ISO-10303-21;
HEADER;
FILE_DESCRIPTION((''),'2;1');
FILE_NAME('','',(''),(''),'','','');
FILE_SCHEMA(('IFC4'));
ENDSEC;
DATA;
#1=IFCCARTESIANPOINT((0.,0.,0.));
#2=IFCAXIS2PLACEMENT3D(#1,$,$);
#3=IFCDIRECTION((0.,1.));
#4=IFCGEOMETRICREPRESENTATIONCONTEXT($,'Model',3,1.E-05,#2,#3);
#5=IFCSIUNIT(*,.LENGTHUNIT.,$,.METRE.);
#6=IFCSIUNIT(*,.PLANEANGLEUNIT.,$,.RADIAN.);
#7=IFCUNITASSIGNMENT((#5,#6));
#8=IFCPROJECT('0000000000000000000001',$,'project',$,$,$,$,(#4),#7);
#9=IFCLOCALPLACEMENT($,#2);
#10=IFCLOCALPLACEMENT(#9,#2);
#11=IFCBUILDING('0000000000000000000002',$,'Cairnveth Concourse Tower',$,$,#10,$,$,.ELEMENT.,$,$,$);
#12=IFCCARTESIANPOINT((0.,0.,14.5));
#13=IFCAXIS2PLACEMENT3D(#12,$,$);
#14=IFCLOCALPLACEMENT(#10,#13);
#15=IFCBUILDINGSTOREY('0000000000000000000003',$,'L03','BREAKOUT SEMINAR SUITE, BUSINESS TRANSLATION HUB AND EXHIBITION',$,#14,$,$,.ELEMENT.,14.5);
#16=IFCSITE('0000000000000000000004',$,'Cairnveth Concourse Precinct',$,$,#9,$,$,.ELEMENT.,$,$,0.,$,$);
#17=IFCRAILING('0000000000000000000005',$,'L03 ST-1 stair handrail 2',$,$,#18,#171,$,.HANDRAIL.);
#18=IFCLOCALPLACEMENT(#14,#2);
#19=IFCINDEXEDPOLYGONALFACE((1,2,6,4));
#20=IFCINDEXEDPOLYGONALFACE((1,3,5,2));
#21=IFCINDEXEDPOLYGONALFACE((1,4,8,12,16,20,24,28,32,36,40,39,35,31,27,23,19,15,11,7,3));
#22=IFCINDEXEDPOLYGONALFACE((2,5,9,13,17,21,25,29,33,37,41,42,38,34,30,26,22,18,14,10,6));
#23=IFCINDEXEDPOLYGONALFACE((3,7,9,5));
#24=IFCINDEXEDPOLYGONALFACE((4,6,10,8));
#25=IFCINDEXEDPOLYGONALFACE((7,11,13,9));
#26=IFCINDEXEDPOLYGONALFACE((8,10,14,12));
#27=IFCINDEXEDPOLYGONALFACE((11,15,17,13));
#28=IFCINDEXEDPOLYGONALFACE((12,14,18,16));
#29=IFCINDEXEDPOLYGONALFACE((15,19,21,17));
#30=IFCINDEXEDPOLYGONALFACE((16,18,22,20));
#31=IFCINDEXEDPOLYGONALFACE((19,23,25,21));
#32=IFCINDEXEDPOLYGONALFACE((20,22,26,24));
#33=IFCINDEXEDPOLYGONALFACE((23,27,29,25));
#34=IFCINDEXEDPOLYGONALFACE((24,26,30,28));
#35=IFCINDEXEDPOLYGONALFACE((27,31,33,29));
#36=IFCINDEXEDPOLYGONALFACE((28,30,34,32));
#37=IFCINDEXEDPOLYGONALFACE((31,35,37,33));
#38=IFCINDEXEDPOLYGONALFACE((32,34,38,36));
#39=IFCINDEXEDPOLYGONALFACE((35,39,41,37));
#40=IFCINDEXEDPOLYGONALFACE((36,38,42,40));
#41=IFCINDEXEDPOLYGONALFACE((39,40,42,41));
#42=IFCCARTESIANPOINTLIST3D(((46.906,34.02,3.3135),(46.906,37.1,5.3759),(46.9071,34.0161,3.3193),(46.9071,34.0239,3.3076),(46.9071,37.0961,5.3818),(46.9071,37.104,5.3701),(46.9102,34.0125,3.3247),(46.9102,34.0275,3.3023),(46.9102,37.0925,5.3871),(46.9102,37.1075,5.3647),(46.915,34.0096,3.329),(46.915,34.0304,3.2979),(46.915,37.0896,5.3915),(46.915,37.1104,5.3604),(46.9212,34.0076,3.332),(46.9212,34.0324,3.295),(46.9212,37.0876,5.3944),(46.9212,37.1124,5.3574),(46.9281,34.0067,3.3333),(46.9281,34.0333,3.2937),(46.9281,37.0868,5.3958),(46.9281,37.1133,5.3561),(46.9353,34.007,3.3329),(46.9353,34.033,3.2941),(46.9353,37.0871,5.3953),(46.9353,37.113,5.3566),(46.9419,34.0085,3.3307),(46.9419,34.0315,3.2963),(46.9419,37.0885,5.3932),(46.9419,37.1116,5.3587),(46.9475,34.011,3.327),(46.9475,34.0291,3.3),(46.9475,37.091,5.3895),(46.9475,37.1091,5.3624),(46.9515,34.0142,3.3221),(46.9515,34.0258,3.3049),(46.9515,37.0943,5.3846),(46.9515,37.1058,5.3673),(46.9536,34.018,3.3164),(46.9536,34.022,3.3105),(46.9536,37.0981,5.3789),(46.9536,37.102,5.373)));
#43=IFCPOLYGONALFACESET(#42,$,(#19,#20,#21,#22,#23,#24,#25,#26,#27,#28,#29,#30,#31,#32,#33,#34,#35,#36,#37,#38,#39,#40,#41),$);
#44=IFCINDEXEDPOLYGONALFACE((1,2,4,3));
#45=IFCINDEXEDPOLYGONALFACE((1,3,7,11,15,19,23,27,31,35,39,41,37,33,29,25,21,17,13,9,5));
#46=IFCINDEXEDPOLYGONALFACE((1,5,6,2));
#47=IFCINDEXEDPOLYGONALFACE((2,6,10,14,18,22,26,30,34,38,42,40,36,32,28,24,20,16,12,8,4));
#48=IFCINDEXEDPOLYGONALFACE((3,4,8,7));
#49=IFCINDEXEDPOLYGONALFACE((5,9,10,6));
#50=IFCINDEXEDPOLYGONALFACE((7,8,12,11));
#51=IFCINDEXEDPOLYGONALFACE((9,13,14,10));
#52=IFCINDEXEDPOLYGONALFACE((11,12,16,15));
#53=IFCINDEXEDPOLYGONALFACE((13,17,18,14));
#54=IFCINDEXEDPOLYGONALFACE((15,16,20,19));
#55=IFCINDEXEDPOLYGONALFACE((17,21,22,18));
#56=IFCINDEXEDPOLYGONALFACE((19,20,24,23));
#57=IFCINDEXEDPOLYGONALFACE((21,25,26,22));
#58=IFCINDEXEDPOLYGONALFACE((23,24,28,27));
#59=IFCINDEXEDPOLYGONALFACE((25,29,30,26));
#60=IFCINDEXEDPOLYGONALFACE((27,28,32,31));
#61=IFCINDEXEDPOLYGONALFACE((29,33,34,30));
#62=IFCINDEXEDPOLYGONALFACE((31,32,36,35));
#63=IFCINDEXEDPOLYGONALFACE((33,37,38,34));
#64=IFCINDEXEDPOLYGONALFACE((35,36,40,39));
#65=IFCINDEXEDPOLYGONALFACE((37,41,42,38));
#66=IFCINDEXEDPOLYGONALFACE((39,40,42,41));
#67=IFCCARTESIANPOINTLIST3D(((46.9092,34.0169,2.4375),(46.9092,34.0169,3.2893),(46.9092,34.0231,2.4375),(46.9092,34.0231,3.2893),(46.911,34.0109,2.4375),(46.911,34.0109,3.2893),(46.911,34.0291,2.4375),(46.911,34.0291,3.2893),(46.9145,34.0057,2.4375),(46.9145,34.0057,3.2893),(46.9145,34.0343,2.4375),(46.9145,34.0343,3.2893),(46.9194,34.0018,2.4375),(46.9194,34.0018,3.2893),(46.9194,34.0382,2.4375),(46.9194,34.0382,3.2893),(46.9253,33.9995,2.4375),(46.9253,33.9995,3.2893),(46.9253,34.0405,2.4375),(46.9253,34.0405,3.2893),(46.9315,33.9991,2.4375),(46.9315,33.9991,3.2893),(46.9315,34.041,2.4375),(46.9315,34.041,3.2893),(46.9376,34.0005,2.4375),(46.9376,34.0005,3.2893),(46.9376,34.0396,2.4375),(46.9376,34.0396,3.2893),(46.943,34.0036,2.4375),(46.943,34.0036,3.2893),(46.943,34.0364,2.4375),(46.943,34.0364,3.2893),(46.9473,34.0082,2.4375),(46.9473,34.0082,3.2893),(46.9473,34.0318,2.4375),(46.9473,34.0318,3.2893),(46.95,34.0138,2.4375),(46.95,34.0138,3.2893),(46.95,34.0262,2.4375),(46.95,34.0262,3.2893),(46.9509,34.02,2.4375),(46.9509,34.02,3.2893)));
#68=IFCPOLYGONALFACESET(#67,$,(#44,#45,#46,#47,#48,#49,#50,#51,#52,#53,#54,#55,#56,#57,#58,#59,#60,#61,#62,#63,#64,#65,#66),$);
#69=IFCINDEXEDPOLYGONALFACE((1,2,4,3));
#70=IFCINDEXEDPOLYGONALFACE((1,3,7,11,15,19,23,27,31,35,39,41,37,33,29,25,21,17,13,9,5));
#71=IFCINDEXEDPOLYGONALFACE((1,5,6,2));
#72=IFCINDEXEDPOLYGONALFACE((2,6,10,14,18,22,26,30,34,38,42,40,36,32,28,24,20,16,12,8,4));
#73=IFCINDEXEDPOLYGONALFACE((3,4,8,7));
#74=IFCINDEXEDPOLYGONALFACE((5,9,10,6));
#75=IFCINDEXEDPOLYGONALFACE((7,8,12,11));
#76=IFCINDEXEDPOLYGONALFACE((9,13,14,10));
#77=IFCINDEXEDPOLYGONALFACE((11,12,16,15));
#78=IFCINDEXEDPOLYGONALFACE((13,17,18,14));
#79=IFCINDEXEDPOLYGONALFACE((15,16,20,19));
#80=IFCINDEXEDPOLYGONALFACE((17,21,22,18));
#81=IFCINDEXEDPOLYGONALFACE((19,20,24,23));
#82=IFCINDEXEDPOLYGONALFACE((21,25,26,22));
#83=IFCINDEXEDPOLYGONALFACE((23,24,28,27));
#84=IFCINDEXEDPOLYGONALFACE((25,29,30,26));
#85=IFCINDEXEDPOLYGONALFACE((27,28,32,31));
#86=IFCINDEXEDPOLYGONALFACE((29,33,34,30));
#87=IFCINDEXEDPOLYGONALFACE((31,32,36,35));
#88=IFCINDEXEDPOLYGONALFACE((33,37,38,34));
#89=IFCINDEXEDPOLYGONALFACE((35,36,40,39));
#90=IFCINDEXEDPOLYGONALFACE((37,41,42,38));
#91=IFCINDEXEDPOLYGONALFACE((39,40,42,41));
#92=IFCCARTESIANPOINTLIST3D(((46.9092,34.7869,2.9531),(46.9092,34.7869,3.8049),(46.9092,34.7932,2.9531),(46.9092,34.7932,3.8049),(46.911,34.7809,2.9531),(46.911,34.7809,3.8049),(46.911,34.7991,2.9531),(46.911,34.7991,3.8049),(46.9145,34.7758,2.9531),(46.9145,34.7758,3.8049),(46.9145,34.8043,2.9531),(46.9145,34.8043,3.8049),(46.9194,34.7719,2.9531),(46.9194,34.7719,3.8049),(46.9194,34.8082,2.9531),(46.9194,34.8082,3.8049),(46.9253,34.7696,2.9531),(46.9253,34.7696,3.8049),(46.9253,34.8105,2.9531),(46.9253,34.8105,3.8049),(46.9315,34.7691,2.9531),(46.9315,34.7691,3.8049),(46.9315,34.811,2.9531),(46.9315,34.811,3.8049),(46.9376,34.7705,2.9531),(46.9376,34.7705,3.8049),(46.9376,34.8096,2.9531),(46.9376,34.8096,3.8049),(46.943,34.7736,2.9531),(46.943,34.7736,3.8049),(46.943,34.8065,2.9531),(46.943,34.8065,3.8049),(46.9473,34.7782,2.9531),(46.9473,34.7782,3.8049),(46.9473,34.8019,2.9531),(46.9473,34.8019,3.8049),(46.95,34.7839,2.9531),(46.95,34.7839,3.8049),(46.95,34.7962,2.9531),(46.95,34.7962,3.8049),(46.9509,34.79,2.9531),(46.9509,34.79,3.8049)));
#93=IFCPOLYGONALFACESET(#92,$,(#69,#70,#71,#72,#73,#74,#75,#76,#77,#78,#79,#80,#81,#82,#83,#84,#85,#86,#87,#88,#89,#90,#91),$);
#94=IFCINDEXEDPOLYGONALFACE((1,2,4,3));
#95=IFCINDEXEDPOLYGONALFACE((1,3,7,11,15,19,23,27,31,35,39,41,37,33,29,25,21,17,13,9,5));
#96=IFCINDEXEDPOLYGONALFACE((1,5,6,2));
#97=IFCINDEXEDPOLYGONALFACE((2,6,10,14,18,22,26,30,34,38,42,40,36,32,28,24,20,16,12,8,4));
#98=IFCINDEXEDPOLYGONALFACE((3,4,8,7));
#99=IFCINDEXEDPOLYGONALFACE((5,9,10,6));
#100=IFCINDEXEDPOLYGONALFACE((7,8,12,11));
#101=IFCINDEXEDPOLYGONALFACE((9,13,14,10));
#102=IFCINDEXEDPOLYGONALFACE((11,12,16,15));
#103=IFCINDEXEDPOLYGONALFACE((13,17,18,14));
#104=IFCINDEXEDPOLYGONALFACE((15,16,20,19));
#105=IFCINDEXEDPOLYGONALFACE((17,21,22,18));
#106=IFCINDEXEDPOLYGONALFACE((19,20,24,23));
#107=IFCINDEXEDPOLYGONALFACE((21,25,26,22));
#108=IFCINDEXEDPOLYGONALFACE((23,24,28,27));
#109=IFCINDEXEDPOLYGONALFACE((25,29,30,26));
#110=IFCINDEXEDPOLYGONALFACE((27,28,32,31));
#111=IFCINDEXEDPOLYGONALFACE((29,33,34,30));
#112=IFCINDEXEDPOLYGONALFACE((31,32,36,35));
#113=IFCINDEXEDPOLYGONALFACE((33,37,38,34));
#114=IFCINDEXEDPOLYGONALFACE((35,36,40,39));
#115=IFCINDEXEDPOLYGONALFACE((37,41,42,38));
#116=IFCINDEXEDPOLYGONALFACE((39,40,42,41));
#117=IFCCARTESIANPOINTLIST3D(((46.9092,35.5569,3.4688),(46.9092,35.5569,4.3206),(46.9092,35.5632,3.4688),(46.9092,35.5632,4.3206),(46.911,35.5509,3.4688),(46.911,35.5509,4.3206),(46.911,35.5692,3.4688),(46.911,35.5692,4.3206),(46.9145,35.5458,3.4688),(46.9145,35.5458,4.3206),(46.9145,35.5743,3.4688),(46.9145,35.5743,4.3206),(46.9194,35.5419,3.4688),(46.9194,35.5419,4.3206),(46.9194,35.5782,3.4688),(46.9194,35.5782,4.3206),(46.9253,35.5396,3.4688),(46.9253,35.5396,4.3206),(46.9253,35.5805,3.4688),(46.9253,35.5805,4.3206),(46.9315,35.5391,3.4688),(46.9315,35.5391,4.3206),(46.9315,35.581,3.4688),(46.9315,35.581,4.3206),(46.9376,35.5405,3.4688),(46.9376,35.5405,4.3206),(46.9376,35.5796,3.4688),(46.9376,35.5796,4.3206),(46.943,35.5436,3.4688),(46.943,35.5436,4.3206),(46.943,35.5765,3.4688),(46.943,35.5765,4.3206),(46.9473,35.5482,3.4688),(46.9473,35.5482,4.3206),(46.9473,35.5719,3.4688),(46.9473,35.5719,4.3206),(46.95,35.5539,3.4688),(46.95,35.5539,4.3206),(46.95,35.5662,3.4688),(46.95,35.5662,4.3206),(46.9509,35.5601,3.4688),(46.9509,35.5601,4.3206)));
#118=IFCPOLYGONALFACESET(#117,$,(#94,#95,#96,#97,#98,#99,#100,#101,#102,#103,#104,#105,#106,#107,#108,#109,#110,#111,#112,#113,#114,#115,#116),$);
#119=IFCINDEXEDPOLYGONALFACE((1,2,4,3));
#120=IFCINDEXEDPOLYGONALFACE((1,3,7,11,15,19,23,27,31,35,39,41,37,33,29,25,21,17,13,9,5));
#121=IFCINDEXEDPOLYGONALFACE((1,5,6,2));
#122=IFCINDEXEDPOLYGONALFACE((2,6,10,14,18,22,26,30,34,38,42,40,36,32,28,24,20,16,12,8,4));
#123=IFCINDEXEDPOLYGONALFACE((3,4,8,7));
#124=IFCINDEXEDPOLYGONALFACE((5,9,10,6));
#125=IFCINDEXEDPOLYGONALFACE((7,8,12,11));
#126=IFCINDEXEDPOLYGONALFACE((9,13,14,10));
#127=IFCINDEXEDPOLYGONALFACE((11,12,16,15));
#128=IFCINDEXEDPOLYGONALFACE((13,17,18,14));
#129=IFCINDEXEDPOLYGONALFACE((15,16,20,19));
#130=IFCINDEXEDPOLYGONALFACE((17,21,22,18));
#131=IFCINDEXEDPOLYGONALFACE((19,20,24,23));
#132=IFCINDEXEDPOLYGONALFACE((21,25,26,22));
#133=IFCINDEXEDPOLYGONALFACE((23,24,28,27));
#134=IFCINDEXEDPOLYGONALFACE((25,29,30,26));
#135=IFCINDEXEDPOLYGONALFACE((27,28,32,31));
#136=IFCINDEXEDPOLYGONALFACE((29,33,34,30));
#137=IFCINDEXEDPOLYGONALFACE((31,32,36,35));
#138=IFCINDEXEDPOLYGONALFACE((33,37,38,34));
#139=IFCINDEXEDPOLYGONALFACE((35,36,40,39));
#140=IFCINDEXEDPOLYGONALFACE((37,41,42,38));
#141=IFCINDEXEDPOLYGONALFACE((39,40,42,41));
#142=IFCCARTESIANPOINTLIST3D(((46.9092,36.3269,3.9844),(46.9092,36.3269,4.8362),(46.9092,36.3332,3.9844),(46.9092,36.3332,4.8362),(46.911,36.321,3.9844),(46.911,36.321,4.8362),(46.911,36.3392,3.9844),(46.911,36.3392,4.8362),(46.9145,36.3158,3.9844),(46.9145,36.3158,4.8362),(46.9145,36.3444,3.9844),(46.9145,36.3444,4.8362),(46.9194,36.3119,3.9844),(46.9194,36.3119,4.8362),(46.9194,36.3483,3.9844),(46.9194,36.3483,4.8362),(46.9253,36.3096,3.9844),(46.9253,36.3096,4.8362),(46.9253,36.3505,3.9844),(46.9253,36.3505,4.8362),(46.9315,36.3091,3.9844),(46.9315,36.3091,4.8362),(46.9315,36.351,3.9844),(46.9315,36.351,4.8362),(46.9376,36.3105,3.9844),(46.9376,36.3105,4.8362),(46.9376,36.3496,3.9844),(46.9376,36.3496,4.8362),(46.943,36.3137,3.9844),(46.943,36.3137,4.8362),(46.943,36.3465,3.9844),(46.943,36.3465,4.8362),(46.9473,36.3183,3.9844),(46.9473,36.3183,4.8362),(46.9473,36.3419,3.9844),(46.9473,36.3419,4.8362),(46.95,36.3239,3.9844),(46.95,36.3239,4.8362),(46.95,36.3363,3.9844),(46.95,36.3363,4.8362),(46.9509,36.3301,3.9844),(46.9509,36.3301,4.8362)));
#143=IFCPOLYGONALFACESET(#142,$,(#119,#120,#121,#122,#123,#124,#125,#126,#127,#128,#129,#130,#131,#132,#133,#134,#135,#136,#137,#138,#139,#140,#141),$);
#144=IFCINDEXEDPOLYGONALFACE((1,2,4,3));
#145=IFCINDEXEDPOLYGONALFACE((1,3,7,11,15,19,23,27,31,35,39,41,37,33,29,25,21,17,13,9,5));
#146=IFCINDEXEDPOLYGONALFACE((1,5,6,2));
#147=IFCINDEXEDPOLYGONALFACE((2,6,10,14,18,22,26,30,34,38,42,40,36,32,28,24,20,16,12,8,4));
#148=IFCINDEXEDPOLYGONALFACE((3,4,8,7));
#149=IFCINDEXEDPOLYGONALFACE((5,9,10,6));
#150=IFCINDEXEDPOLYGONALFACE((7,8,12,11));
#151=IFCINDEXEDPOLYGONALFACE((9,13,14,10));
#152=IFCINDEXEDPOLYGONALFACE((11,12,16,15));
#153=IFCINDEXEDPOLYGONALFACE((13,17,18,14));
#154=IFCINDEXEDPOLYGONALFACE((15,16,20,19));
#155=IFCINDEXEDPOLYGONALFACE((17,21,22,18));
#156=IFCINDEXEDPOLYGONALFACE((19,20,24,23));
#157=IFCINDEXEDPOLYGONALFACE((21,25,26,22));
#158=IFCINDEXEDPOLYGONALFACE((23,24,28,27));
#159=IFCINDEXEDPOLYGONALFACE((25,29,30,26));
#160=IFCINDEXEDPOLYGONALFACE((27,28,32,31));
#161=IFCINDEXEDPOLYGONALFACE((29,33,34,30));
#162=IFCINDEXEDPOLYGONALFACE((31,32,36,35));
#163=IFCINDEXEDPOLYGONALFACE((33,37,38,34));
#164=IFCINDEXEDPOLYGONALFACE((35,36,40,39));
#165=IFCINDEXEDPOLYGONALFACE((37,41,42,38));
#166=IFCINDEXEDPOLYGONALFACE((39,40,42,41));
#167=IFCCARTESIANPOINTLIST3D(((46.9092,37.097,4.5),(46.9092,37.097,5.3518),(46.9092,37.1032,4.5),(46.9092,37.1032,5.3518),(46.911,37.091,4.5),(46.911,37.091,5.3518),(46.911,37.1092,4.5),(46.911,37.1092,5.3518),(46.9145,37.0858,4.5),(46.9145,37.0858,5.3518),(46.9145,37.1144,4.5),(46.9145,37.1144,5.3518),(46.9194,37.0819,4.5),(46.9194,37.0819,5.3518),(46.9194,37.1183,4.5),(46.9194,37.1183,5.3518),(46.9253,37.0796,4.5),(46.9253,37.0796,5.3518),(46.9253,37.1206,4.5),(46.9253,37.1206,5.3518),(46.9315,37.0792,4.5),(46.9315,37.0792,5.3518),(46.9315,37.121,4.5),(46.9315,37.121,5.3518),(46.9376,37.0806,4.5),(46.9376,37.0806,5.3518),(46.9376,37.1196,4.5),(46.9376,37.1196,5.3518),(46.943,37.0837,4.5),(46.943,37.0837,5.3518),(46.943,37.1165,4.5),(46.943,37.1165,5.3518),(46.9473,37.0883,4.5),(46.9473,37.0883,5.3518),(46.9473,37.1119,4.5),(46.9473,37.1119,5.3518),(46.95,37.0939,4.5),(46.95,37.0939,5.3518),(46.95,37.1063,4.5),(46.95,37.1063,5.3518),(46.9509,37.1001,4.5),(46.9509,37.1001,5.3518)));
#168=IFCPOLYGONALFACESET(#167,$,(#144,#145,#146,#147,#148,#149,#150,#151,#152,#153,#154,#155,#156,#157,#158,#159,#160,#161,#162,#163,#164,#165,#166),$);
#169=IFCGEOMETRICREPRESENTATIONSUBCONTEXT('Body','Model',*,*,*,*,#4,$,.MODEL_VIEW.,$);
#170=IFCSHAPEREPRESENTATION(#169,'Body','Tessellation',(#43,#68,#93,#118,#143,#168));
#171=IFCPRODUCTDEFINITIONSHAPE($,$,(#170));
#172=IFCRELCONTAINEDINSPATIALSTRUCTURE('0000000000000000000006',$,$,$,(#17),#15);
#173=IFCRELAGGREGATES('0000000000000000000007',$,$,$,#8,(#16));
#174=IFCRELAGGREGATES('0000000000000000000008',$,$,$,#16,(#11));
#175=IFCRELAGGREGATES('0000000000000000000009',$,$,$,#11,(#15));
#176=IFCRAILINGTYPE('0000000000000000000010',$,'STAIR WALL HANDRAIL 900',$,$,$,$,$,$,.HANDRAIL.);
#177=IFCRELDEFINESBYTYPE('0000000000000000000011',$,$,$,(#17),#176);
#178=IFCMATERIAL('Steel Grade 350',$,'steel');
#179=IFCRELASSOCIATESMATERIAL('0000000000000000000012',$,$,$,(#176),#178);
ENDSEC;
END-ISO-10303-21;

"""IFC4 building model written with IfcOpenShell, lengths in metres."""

from ifc_helpers import new_model, si_unit, direction, frame, origin, origin_2d, place, context, subcontext, project, spatial, circle, extrude, material, type_object, element, save


model = new_model("IFC4")

# Units and contexts
model_context = context("Model", 3, precision=1e-05, world=origin(), true_north=direction((0.0, 1.0)))
body_context = subcontext(model_context, "Body", "Model", "MODEL_VIEW")
ifc_project = project(units=[si_unit("LENGTHUNIT", "METRE"), si_unit("PLANEANGLEUNIT", "RADIAN")], contexts=[model_context])

# Site, building, storey
site_placement = place(None, origin())
site = spatial("IfcSite", under=ifc_project, at=site_placement, Name="Cairnveth Concourse Precinct", CompositionType="ELEMENT", RefElevation=0.0)
building_placement = place(site_placement, origin())
building = spatial("IfcBuilding", under=site, at=building_placement, Name="Cairnveth Concourse Tower", CompositionType="ELEMENT")
storey_placement = place(building_placement, frame((0.0, 0.0, 14.5)))
storey = spatial("IfcBuildingStorey", under=building, at=storey_placement, Name="L03", Description="BREAKOUT SEMINAR SUITE, BUSINESS TRANSLATION HUB AND EXHIBITION", CompositionType="ELEMENT", Elevation=14.5)

# Shared definitions
ifc_material_1 = material(Name="Steel Grade 350", Category="steel")

# Railing
railing_type_1 = type_object("IfcRailingType", Name="STAIR WALL HANDRAIL 900", PredefinedType="HANDRAIL", material=ifc_material_1)
railing_1_placement = place(storey_placement, frame((46.9299, 34.02, 2.4375)))
element("IfcRailing", 1, at=railing_1_placement, inside=storey, type_object=railing_type_1, Name="L03 ST-1 stair handrail 2", PredefinedType="HANDRAIL", context=body_context, shape_type="SweptSolid", body=[
    extrude(circle(Radius=0.0239, at=origin_2d()), frame((0.0, 0.0, 0.876), z_axis=(0.0, 0.830914, 0.556401), x_axis=(-1.0, 0.0, 0.0)), (0.0, 0.0, 1.0), 3.7068),
    extrude(circle(Radius=0.021, at=origin_2d()), origin(), (0.0, 0.0, 1.0), 0.8518),
    extrude(circle(Radius=0.021, at=origin_2d()), frame((0.0, 0.77, 0.5156)), (0.0, 0.0, 1.0), 0.8518),
    extrude(circle(Radius=0.021, at=origin_2d()), frame((0.0, 1.54, 1.0312)), (0.0, 0.0, 1.0), 0.8518),
    extrude(circle(Radius=0.021, at=origin_2d()), frame((0.0, 2.3101, 1.5469)), (0.0, 0.0, 1.0), 0.8518),
    extrude(circle(Radius=0.021, at=origin_2d()), frame((0.0, 3.0801, 2.0625)), (0.0, 0.0, 1.0), 0.8518),
])

save(model, "model.ifc")
